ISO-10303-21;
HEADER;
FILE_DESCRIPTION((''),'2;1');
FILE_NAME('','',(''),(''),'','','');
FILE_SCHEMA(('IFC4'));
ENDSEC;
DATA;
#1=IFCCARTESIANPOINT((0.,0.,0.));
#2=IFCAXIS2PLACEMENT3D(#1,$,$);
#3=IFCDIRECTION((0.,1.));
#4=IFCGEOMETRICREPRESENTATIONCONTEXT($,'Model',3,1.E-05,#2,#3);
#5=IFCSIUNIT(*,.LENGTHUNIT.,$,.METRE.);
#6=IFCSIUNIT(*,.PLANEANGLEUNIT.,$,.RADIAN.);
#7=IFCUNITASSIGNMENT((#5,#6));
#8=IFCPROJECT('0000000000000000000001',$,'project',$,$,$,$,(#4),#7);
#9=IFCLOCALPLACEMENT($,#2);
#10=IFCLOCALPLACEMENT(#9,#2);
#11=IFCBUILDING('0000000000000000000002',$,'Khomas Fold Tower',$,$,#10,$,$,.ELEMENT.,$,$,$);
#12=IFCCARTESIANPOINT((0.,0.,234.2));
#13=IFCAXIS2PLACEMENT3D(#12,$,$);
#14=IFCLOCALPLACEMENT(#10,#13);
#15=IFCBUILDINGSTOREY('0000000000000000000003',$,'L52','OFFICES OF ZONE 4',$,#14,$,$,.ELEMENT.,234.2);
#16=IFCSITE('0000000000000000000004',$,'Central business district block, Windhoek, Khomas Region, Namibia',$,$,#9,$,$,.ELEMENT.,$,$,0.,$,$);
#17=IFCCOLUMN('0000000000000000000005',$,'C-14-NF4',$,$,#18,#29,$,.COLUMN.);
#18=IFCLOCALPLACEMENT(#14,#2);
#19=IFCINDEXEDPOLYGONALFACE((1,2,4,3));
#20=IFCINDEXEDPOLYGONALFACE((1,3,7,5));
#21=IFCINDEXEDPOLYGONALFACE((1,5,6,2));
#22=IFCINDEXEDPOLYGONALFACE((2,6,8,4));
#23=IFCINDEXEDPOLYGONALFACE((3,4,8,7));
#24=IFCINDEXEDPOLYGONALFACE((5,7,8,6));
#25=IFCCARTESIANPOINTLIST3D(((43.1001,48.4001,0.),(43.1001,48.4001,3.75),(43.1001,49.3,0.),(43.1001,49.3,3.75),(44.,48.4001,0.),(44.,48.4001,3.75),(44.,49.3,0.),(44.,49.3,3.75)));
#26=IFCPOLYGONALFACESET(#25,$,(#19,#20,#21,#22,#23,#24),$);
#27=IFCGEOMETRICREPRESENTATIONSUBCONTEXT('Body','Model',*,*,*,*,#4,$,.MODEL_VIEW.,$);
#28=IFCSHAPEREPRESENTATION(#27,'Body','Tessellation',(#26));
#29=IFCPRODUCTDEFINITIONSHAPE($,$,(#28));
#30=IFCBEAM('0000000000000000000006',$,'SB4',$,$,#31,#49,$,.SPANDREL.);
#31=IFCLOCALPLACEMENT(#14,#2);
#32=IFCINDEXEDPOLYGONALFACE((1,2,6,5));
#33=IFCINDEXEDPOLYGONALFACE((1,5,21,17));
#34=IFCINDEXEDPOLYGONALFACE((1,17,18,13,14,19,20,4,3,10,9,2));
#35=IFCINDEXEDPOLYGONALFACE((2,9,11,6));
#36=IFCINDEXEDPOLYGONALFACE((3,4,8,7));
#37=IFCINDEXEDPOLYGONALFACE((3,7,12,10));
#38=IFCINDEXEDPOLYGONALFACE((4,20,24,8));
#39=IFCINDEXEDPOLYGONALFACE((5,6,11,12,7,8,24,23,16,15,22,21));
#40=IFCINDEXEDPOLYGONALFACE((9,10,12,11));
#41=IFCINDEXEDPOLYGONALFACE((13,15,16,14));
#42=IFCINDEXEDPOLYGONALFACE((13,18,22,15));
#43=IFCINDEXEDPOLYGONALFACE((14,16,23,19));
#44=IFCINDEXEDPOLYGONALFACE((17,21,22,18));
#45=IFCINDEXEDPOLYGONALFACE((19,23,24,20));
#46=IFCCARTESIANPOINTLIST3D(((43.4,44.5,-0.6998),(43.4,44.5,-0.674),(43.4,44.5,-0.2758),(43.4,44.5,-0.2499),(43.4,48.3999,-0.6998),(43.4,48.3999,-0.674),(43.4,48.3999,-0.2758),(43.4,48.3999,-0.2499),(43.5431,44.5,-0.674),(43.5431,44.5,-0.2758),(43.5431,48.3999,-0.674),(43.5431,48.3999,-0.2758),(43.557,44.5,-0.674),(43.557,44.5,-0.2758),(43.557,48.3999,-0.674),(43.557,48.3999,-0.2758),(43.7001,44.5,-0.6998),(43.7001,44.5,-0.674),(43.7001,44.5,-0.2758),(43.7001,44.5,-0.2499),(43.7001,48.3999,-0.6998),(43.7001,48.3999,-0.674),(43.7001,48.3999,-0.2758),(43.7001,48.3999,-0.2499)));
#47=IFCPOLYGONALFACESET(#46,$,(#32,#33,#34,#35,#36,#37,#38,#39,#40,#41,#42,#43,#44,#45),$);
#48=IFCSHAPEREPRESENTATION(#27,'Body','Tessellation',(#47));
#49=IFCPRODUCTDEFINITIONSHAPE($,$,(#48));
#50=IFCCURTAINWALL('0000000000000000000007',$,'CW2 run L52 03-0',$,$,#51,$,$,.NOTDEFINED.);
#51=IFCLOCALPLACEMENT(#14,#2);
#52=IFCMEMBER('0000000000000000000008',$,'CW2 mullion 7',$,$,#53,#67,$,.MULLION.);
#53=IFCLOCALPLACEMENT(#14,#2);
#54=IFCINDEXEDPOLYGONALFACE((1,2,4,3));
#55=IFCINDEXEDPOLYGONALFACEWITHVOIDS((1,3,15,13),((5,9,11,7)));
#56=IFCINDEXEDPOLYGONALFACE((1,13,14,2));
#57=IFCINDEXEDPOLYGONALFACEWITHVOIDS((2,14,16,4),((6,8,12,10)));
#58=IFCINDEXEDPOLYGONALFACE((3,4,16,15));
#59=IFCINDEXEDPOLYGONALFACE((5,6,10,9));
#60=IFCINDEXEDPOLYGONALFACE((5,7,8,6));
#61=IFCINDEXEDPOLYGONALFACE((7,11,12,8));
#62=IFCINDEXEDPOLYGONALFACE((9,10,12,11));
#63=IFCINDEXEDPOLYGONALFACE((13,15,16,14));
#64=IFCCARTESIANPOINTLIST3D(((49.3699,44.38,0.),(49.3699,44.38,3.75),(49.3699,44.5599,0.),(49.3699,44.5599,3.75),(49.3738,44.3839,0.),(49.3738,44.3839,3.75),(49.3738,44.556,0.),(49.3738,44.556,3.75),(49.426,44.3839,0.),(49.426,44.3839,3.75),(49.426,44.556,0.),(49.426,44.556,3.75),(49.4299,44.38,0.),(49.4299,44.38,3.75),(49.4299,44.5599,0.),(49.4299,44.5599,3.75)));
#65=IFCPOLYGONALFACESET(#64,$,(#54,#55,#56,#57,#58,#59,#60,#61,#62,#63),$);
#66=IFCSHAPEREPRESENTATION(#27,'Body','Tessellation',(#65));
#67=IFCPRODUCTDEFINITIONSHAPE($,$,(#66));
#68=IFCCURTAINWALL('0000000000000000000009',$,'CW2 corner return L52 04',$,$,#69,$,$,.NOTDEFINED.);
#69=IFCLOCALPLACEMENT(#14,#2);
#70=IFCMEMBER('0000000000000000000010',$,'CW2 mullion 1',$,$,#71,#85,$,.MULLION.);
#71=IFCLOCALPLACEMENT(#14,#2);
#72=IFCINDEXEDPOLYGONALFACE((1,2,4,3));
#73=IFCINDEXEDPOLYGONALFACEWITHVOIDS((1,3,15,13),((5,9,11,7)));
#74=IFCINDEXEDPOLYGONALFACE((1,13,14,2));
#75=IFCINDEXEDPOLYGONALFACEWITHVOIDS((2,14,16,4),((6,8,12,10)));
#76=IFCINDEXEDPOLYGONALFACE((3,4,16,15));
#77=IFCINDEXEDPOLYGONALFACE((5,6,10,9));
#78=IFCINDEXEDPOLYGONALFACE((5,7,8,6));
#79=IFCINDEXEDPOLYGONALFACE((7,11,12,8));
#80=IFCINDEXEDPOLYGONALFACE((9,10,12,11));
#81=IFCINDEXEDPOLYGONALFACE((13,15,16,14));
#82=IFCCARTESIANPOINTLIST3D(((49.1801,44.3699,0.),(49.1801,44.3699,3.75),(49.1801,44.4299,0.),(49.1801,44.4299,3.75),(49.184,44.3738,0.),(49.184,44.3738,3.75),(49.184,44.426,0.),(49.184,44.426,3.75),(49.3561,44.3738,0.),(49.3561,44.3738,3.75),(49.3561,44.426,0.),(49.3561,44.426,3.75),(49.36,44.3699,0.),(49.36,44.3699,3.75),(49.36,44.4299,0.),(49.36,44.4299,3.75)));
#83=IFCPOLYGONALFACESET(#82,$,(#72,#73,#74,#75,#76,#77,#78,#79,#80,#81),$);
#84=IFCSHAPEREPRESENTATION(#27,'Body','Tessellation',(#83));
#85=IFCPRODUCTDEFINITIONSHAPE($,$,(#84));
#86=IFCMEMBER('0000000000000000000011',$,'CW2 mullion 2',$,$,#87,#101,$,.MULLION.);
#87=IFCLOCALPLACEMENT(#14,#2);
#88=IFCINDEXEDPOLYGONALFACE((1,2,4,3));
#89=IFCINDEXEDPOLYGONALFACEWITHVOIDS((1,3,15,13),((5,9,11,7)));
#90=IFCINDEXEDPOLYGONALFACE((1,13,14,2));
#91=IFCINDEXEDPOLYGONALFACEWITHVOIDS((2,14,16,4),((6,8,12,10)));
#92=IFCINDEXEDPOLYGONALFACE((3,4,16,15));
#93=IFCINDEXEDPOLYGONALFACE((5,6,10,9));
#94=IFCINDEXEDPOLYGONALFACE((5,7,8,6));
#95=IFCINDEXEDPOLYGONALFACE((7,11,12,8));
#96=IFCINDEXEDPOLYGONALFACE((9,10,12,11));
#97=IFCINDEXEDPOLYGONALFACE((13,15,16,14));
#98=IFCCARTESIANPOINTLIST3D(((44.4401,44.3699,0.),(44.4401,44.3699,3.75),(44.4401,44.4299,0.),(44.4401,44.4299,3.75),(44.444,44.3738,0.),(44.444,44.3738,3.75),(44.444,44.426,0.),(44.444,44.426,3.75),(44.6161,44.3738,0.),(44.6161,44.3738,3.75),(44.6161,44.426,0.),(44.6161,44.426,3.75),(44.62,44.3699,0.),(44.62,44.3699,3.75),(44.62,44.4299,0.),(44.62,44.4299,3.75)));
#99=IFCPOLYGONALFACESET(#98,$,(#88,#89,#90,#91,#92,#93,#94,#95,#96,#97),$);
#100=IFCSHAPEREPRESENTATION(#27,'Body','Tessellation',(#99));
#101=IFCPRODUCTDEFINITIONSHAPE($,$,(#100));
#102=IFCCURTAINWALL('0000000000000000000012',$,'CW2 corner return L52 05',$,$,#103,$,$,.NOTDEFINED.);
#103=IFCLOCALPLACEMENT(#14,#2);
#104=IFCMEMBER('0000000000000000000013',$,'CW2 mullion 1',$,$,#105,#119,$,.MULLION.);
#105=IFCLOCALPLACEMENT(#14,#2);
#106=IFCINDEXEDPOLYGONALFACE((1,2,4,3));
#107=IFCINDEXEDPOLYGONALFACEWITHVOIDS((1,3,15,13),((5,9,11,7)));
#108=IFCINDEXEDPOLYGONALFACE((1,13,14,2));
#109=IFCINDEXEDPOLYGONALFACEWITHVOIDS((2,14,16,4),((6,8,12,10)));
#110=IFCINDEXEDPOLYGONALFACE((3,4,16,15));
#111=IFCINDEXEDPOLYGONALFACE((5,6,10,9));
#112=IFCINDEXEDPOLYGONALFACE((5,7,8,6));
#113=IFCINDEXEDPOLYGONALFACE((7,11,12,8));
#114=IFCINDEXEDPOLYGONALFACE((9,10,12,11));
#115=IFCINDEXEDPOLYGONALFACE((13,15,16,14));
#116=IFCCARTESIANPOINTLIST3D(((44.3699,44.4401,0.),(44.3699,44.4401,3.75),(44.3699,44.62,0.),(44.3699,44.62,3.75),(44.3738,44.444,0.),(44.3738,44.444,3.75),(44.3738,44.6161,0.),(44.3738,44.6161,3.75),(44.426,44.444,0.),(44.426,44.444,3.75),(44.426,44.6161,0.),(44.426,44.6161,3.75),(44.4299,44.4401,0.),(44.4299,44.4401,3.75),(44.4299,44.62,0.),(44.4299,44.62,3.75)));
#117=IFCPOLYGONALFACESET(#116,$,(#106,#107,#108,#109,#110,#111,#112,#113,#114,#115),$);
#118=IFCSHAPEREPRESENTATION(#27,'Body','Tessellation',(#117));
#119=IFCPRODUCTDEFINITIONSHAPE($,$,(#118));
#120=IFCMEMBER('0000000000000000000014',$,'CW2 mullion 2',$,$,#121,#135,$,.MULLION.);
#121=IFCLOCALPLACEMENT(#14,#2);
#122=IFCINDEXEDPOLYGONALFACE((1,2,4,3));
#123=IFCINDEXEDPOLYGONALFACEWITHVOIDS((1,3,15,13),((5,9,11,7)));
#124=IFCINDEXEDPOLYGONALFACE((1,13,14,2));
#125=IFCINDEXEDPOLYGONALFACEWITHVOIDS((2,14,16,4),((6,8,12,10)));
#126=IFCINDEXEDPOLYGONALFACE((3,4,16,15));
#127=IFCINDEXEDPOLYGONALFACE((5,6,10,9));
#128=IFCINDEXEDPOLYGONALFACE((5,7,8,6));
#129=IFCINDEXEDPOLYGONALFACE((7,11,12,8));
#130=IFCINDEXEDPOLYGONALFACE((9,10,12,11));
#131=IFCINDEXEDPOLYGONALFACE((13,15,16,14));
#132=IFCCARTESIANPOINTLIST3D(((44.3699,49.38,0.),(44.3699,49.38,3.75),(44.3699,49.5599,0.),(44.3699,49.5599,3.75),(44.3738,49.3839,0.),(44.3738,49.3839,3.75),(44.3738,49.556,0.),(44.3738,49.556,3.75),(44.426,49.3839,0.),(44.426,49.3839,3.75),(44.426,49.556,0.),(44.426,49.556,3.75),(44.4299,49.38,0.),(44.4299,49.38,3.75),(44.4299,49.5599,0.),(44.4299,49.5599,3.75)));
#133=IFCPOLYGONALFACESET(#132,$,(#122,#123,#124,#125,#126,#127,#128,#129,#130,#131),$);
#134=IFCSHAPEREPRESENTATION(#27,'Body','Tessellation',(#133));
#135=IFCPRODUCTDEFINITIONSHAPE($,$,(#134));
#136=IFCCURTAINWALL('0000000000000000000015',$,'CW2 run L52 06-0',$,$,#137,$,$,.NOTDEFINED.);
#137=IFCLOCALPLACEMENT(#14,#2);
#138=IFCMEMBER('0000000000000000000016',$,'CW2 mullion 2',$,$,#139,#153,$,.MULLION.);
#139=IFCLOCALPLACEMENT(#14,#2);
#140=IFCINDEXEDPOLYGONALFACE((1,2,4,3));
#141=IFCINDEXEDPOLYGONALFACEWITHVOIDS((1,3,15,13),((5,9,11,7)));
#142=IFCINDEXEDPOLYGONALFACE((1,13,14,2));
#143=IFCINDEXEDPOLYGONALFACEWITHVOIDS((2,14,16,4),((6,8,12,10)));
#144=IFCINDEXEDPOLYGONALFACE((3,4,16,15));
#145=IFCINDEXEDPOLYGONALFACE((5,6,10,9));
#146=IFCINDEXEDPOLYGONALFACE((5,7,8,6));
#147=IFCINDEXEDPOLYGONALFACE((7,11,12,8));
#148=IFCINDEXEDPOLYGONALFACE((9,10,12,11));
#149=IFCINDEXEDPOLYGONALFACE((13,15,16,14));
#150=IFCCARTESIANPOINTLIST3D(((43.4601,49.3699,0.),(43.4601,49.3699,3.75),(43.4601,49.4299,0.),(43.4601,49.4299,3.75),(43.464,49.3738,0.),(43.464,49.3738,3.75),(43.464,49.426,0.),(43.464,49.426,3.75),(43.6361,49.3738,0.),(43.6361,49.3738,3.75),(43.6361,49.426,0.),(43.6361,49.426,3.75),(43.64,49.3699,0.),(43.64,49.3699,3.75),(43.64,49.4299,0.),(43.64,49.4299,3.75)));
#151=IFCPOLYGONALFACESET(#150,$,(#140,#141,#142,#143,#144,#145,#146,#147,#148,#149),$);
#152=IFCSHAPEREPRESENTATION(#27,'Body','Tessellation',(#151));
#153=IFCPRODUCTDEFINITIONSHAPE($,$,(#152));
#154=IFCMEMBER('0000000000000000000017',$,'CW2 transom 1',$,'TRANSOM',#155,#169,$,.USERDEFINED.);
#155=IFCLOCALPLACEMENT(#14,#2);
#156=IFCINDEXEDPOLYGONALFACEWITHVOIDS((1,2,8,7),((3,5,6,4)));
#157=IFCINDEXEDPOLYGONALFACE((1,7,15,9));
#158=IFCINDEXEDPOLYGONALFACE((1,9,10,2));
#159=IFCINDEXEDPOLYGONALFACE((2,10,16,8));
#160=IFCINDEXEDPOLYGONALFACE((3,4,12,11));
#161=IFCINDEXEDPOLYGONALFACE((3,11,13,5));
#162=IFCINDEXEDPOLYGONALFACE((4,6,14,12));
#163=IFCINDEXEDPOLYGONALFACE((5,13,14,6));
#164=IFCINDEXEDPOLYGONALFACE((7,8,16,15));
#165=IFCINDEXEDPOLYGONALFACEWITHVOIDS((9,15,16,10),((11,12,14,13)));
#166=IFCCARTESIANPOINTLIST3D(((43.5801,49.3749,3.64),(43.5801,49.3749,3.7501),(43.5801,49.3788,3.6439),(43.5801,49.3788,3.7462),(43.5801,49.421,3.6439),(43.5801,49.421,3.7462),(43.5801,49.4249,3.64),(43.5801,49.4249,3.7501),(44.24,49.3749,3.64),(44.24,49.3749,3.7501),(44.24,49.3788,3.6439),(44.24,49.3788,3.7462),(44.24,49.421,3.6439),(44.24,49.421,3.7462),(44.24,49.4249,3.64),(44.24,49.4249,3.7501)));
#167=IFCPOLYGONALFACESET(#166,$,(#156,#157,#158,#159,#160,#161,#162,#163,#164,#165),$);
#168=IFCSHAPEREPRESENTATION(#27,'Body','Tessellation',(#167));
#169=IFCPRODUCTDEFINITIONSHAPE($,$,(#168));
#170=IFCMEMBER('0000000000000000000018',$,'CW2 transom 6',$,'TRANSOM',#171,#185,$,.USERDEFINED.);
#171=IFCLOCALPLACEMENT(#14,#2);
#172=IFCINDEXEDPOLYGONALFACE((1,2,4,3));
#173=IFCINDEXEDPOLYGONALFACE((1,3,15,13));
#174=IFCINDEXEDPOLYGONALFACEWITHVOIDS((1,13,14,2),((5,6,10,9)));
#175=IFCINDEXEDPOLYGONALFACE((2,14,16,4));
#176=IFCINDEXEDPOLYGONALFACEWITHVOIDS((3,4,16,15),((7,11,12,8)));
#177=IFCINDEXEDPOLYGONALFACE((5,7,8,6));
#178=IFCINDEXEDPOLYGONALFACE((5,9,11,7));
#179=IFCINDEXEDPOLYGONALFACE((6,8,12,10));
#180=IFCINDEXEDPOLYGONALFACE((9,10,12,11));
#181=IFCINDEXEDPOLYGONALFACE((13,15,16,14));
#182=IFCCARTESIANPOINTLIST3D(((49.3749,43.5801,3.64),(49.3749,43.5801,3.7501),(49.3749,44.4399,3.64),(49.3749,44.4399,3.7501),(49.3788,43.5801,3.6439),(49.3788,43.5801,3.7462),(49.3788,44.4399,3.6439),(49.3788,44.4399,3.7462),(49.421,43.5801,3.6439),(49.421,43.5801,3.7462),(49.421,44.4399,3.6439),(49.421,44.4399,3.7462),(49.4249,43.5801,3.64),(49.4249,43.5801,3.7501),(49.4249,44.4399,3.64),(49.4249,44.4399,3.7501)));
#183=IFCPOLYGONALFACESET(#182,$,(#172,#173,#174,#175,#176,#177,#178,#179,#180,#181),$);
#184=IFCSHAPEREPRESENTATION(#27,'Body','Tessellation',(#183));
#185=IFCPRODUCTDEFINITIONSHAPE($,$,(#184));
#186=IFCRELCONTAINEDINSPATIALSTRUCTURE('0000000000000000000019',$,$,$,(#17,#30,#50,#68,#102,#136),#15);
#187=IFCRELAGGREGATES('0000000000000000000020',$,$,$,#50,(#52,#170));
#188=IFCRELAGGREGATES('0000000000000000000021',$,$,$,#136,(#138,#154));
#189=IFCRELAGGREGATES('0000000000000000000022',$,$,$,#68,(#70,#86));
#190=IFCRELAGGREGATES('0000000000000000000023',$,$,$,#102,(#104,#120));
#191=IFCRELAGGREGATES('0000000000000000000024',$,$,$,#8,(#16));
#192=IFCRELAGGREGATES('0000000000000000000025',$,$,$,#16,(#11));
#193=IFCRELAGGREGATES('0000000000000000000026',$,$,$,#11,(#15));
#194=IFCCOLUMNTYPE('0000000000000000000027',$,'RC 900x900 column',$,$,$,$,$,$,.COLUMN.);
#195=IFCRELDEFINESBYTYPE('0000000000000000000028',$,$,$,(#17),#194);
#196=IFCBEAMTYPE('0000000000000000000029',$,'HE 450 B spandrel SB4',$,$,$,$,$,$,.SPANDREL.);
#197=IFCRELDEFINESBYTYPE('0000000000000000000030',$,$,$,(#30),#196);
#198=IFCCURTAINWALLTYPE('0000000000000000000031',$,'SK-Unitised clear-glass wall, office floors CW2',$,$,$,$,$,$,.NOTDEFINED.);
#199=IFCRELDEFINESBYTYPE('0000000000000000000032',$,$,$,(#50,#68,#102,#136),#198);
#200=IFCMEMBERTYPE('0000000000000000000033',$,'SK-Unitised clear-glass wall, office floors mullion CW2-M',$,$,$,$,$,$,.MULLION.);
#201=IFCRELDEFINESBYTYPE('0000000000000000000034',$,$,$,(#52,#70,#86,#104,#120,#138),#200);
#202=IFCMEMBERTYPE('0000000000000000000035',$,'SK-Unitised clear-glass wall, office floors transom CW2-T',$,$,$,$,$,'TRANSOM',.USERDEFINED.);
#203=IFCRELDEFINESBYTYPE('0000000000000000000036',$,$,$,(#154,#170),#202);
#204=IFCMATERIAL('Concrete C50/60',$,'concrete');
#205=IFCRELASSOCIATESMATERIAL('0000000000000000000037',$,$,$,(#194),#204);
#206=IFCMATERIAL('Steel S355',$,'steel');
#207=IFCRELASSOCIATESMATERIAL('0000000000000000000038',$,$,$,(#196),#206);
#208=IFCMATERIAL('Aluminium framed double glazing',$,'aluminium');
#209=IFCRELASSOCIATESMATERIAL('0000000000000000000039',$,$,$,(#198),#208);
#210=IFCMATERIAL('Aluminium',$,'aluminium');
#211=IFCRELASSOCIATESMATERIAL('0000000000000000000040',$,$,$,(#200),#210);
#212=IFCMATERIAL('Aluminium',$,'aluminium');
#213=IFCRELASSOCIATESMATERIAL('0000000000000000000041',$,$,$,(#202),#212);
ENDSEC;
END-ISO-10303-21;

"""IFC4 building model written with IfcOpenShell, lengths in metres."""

from ifc_helpers import new_model, si_unit, direction, frame, origin, origin_2d, place, context, subcontext, project, spatial, rectangle, hollow_rectangle, i_section, extrude, source, transform, mapped, material, material_profile, profile_set, type_object, element, aggregate, save


model = new_model("IFC4")

# Units and contexts
model_context = context("Model", 3, precision=1e-05, world=origin(), true_north=direction((0.0, 1.0)))
body_context = subcontext(model_context, "Body", "Model", "MODEL_VIEW")
ifc_project = project(units=[si_unit("LENGTHUNIT", "METRE"), si_unit("PLANEANGLEUNIT", "RADIAN")], contexts=[model_context])

# Site, building, storey
site_placement = place(None, origin())
site = spatial("IfcSite", under=ifc_project, at=site_placement, Name="Central business district block, Windhoek, Khomas Region, Namibia", CompositionType="ELEMENT", RefElevation=0.0)
building_placement = place(site_placement, origin())
building = spatial("IfcBuilding", under=site, at=building_placement, Name="Khomas Fold Tower", CompositionType="ELEMENT")
storey_placement = place(building_placement, frame((0.0, 0.0, 234.2)))
storey = spatial("IfcBuildingStorey", under=building, at=storey_placement, Name="L52", Description="OFFICES OF ZONE 4", CompositionType="ELEMENT", Elevation=234.2)

# Column
ifc_material_1 = material(Name="Concrete C50/60", Category="concrete")
ifc_material_profile_1 = material_profile(ifc_material_1, rectangle(XDim=0.8999, YDim=0.8999, at=origin_2d()), Name="RC 900x900")
ifc_profile_set_1 = profile_set([ifc_material_profile_1], Name="Concrete C50/60")
column_type = type_object("IfcColumnType", Name="RC 900x900 column", PredefinedType="COLUMN", material=ifc_profile_set_1)
shared_shape_1 = source(origin(), body_context, "Body", "SweptSolid", [
    extrude(rectangle(XDim=0.8999, YDim=0.8999, at=origin_2d()), origin(), (0.0, 0.0, 1.0), 3.75),
])
column_placement = place(storey_placement, frame((43.55, 48.8501, 0.0), z_axis=(0.0, 0.0, 1.0), x_axis=(1.0, 0.0, 0.0)))
element("IfcColumn", 1, at=column_placement, inside=storey, type_object=column_type, Name="C-14-NF4", PredefinedType="COLUMN", context=body_context, shape_type="MappedRepresentation", body=[
    mapped(shared_shape_1, transform((0.0, 0.0, 0.0))),
])

# Beam
ifc_material_2 = material(Name="Steel S355", Category="steel")
ifc_material_profile_2 = material_profile(ifc_material_2, i_section(OverallWidth=0.3, OverallDepth=0.45, WebThickness=0.0139, FlangeThickness=0.0259, at=origin_2d()), Name="HE 450 B")
ifc_profile_set_2 = profile_set([ifc_material_profile_2], Name="Steel S355")
beam_type = type_object("IfcBeamType", Name="HE 450 B spandrel SB4", PredefinedType="SPANDREL", material=ifc_profile_set_2)
shared_shape_2 = source(origin(), body_context, "Body", "SweptSolid", [
    extrude(i_section(OverallWidth=0.3, OverallDepth=0.45, WebThickness=0.0139, FlangeThickness=0.0259, at=origin_2d()), origin(), (0.0, 0.0, 1.0), 3.8999),
])
beam_placement = place(storey_placement, frame((43.55, 44.5, -0.4749), z_axis=(0.0, 1.0, 0.0), x_axis=(-1.0, 0.0, 0.0)))
element("IfcBeam", 2, at=beam_placement, inside=storey, type_object=beam_type, Name="SB4", PredefinedType="SPANDREL", context=body_context, shape_type="MappedRepresentation", body=[
    mapped(shared_shape_2, transform((0.0, 0.0, 0.0))),
])

# Curtain wall, member
ifc_material_3 = material(Name="Aluminium framed double glazing", Category="aluminium")
curtain_wall_type = type_object("IfcCurtainWallType", Name="SK-Unitised clear-glass wall, office floors CW2", PredefinedType="NOTDEFINED", material=ifc_material_3)
curtain_wall_1_placement = place(storey_placement, origin())
curtain_wall_1 = element("IfcCurtainWall", 3, at=curtain_wall_1_placement, inside=storey, type_object=curtain_wall_type, Name="CW2 run L52 03-0", PredefinedType="NOTDEFINED")
ifc_material_4 = material(Name="Aluminium", Category="aluminium")
ifc_material_profile_3 = material_profile(ifc_material_4, hollow_rectangle(XDim=0.0601, YDim=0.1799, WallThickness=0.0039, at=origin_2d()), Name="SK-Unitised clear-glass wall, office floors mullion CW2-M")
ifc_profile_set_3 = profile_set([ifc_material_profile_3], Name="Aluminium")
member_type_1 = type_object("IfcMemberType", Name="SK-Unitised clear-glass wall, office floors mullion CW2-M", PredefinedType="MULLION", material=ifc_profile_set_3)
shared_shape_3 = source(origin(), body_context, "Body", "SweptSolid", [
    extrude(hollow_rectangle(XDim=0.0601, YDim=0.1799, WallThickness=0.0039, at=origin_2d()), origin(), (0.0, 0.0, 1.0), 3.75),
])
member_1_placement = place(storey_placement, frame((49.3999, 44.47, 0.0), z_axis=(0.0, 0.0, 1.0), x_axis=(-1.0, 0.0, 0.0)))
member_1 = element("IfcMember", 4, at=member_1_placement, type_object=member_type_1, Name="CW2 mullion 7", PredefinedType="MULLION", context=body_context, shape_type="MappedRepresentation", body=[
    mapped(shared_shape_3, transform((0.0, 0.0, 0.0))),
])

# Curtain walls, members
curtain_wall_2_placement = place(storey_placement, origin())
curtain_wall_2 = element("IfcCurtainWall", 5, at=curtain_wall_2_placement, inside=storey, type_object=curtain_wall_type, Name="CW2 corner return L52 04", PredefinedType="NOTDEFINED")
member_2_placement = place(storey_placement, frame((49.27, 44.3999, 0.0), z_axis=(0.0, 0.0, 1.0), x_axis=(0.0, -1.0, 0.0)))
member_2 = element("IfcMember", 6, at=member_2_placement, type_object=member_type_1, Name="CW2 mullion 1", PredefinedType="MULLION", context=body_context, shape_type="MappedRepresentation", body=[
    mapped(shared_shape_3, transform((0.0, 0.0, 0.0))),
])
member_3_placement = place(storey_placement, frame((44.53, 44.3999, 0.0), z_axis=(0.0, 0.0, 1.0), x_axis=(0.0, -1.0, 0.0)))
member_3 = element("IfcMember", 7, at=member_3_placement, type_object=member_type_1, Name="CW2 mullion 2", PredefinedType="MULLION", context=body_context, shape_type="MappedRepresentation", body=[
    mapped(shared_shape_3, transform((0.0, 0.0, 0.0))),
])
curtain_wall_3_placement = place(storey_placement, origin())
curtain_wall_3 = element("IfcCurtainWall", 8, at=curtain_wall_3_placement, inside=storey, type_object=curtain_wall_type, Name="CW2 corner return L52 05", PredefinedType="NOTDEFINED")
member_4_placement = place(storey_placement, frame((44.3999, 44.53, 0.0), z_axis=(0.0, 0.0, 1.0), x_axis=(-1.0, 0.0, 0.0)))
member_4 = element("IfcMember", 9, at=member_4_placement, type_object=member_type_1, Name="CW2 mullion 1", PredefinedType="MULLION", context=body_context, shape_type="MappedRepresentation", body=[
    mapped(shared_shape_3, transform((0.0, 0.0, 0.0))),
])
member_5_placement = place(storey_placement, frame((44.3999, 49.47, 0.0), z_axis=(0.0, 0.0, 1.0), x_axis=(-1.0, 0.0, 0.0)))
member_5 = element("IfcMember", 10, at=member_5_placement, type_object=member_type_1, Name="CW2 mullion 2", PredefinedType="MULLION", context=body_context, shape_type="MappedRepresentation", body=[
    mapped(shared_shape_3, transform((0.0, 0.0, 0.0))),
])
curtain_wall_4_placement = place(storey_placement, origin())
curtain_wall_4 = element("IfcCurtainWall", 11, at=curtain_wall_4_placement, inside=storey, type_object=curtain_wall_type, Name="CW2 run L52 06-0", PredefinedType="NOTDEFINED")
member_6_placement = place(storey_placement, frame((43.55, 49.3999, 0.0), z_axis=(0.0, 0.0, 1.0), x_axis=(0.0, -1.0, 0.0)))
member_6 = element("IfcMember", 12, at=member_6_placement, type_object=member_type_1, Name="CW2 mullion 2", PredefinedType="MULLION", context=body_context, shape_type="MappedRepresentation", body=[
    mapped(shared_shape_3, transform((0.0, 0.0, 0.0))),
])
ifc_material_5 = material(Name="Aluminium", Category="aluminium")
ifc_material_profile_4 = material_profile(ifc_material_5, hollow_rectangle(XDim=0.05, YDim=0.1101, WallThickness=0.0039, at=origin_2d()), Name="SK-Unitised clear-glass wall, office floors transom CW2-T")
ifc_profile_set_4 = profile_set([ifc_material_profile_4], Name="Aluminium")
member_type_2 = type_object("IfcMemberType", Name="SK-Unitised clear-glass wall, office floors transom CW2-T", ElementType="TRANSOM", PredefinedType="USERDEFINED", material=ifc_profile_set_4)
shared_shape_4 = source(origin(), body_context, "Body", "SweptSolid", [
    extrude(hollow_rectangle(XDim=0.05, YDim=0.1101, WallThickness=0.0039, at=origin_2d()), origin(), (0.0, 0.0, 1.0), 0.6599),
])
member_7_placement = place(storey_placement, frame((44.24, 49.3999, 3.6951), z_axis=(-1.0, 0.0, 0.0), x_axis=(0.0, -1.0, 0.0)))
member_7 = element("IfcMember", 13, at=member_7_placement, type_object=member_type_2, Name="CW2 transom 1", ObjectType="TRANSOM", PredefinedType="USERDEFINED", context=body_context, shape_type="MappedRepresentation", body=[
    mapped(shared_shape_4, transform((0.0, 0.0, 0.0))),
])

# Member
shared_shape_5 = source(origin(), body_context, "Body", "SweptSolid", [
    extrude(hollow_rectangle(XDim=0.05, YDim=0.1101, WallThickness=0.0039, at=origin_2d()), origin(), (0.0, 0.0, 1.0), 0.8599),
])
member_8_placement = place(storey_placement, frame((49.3999, 43.5801, 3.6951), z_axis=(0.0, 1.0, 0.0), x_axis=(-1.0, 0.0, 0.0)))
member_8 = element("IfcMember", 14, at=member_8_placement, type_object=member_type_2, Name="CW2 transom 6", ObjectType="TRANSOM", PredefinedType="USERDEFINED", context=body_context, shape_type="MappedRepresentation", body=[
    mapped(shared_shape_5, transform((0.0, 0.0, 0.0))),
])

aggregate(curtain_wall_1, [member_1, member_8])
aggregate(curtain_wall_4, [member_6, member_7])
aggregate(curtain_wall_2, [member_2, member_3])
aggregate(curtain_wall_3, [member_4, member_5])

save(model, "model.ifc")
